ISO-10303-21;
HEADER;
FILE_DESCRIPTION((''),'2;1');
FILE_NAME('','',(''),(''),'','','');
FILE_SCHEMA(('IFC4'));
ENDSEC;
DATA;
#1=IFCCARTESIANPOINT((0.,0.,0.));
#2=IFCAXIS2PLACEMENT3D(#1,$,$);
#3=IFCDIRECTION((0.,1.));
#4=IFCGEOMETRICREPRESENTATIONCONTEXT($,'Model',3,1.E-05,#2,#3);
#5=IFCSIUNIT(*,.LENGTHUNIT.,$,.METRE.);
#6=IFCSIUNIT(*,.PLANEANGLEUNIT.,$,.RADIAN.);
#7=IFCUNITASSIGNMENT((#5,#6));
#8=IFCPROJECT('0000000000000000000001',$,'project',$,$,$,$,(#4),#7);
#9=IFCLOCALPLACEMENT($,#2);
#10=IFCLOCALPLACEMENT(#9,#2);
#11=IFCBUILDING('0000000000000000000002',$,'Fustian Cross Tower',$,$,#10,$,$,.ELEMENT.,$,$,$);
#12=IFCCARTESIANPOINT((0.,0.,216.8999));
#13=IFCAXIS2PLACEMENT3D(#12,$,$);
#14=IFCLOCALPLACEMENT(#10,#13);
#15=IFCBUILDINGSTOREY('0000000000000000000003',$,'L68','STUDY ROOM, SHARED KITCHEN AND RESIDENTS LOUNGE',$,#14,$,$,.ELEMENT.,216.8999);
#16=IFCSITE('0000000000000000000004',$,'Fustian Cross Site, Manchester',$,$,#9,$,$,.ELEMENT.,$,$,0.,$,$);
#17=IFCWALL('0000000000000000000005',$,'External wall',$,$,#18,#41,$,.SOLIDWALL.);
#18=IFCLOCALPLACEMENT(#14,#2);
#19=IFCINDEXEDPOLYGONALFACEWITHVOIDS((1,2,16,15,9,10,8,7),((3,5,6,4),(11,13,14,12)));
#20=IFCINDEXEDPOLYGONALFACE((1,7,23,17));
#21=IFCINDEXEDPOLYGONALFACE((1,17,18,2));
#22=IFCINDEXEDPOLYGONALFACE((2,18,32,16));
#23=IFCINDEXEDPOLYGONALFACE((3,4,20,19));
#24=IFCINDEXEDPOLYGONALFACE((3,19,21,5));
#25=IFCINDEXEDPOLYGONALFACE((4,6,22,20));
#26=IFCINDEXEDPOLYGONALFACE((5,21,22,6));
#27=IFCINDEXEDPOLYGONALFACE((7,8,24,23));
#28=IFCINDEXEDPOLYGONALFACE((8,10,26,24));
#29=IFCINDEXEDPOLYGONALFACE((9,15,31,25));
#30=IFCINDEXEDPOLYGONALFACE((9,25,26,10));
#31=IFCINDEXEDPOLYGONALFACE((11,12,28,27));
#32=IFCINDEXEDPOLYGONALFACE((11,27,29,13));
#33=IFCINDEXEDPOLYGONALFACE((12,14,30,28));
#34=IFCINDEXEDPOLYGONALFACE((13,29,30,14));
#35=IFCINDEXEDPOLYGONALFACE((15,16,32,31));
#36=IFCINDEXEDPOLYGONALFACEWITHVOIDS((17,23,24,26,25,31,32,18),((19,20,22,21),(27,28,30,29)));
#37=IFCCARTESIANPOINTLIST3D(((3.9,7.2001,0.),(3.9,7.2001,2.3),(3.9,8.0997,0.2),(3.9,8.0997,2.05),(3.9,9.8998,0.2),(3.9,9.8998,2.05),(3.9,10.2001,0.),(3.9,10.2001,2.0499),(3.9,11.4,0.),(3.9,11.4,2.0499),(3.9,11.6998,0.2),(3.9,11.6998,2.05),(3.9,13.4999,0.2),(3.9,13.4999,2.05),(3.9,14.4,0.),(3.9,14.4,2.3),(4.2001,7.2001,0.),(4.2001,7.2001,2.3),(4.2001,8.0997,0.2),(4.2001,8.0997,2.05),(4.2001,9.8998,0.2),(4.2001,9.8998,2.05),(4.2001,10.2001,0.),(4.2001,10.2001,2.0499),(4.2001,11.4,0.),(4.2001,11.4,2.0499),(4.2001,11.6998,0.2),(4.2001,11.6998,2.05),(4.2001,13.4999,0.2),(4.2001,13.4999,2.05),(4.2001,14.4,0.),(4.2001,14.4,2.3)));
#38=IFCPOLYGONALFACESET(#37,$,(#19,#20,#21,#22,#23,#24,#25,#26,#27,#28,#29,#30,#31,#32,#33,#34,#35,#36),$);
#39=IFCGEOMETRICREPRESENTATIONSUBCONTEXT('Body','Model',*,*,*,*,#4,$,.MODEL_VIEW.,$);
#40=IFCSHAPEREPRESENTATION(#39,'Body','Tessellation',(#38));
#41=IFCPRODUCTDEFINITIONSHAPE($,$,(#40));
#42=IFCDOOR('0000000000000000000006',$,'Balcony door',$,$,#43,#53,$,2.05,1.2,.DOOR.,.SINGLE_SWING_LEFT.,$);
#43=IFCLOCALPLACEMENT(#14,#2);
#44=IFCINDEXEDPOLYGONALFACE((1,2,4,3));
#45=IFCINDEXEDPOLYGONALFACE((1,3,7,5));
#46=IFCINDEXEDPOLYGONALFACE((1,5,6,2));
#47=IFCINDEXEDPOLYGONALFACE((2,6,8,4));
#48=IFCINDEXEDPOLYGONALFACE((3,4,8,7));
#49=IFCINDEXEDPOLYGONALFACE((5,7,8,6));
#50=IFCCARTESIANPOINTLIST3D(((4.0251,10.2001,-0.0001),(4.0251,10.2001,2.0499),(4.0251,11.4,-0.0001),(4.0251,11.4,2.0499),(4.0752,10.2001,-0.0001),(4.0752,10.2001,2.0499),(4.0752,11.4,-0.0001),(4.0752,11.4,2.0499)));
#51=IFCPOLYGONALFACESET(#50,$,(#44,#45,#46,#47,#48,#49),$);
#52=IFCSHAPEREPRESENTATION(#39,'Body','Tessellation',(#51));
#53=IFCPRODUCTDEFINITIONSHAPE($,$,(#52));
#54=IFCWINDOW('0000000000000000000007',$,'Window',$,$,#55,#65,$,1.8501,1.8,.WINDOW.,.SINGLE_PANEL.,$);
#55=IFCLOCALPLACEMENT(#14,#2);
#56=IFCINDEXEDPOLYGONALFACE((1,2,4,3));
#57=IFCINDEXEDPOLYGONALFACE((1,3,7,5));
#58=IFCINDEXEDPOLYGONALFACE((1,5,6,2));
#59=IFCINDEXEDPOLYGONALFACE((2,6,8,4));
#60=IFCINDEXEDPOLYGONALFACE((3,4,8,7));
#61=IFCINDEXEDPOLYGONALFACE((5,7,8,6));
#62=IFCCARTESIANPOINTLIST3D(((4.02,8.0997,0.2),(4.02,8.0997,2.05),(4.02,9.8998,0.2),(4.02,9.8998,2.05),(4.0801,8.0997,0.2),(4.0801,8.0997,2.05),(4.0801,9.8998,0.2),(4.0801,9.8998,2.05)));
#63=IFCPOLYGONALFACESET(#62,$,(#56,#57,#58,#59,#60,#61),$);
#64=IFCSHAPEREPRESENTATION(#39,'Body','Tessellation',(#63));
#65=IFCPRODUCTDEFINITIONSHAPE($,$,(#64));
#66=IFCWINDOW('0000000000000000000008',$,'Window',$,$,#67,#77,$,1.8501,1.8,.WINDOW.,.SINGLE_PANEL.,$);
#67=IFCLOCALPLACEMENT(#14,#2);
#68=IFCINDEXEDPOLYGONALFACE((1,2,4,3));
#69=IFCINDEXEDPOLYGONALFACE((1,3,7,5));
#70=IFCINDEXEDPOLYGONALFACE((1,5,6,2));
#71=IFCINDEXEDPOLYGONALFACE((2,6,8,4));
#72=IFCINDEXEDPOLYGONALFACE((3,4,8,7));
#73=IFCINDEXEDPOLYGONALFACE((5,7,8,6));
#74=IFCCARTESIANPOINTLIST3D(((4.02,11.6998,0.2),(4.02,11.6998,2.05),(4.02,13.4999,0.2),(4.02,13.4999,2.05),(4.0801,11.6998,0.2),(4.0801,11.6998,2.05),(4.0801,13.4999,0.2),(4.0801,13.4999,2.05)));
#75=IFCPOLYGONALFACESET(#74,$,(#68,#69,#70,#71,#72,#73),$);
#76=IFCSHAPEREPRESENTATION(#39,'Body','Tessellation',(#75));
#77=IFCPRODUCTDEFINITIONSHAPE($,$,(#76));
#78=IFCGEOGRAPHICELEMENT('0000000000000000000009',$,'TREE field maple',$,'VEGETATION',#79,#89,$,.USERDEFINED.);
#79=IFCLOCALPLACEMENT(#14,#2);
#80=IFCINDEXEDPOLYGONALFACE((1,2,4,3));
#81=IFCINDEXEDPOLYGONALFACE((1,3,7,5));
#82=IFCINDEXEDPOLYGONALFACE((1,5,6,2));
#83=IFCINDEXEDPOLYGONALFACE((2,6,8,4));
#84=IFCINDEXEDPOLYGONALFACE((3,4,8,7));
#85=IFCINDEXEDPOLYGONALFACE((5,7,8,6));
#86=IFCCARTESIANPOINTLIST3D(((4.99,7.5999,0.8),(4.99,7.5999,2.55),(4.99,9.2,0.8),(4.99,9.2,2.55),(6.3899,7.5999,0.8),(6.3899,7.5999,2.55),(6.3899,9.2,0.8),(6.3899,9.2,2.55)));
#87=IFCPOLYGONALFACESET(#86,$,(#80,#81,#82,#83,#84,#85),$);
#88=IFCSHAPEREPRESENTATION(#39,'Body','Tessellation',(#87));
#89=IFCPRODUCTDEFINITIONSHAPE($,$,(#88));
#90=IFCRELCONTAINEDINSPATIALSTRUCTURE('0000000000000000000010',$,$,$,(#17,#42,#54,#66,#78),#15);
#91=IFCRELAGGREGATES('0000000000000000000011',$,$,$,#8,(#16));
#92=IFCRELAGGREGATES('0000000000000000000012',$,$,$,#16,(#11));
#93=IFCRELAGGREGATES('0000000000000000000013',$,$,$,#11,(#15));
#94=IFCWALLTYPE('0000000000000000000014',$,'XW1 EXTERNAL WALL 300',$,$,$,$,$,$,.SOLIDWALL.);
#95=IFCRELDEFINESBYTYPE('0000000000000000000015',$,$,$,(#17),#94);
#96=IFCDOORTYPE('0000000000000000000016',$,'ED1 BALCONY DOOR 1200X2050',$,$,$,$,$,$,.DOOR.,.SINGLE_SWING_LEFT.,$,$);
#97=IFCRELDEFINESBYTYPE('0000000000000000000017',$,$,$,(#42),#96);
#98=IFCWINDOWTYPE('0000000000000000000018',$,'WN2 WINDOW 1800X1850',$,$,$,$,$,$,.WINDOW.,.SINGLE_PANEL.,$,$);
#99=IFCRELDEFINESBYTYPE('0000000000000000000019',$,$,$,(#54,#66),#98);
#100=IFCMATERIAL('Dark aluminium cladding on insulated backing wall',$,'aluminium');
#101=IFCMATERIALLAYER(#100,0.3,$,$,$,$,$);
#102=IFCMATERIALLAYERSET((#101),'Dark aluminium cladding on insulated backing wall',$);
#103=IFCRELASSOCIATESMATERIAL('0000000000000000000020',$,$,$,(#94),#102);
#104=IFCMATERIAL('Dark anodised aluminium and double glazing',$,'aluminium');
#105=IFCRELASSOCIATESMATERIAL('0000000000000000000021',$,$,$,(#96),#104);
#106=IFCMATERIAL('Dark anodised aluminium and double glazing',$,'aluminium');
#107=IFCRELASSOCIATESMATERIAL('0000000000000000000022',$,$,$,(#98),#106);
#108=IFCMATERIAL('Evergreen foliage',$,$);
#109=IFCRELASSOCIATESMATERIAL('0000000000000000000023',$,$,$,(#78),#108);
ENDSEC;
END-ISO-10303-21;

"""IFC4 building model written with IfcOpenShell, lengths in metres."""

from ifc_helpers import new_model, si_unit, direction, frame, frame_2d, origin, origin_2d, place, context, subcontext, project, spatial, rectangle, extrude, material, layer, layer_set, type_object, element, fill, save


model = new_model("IFC4")

# Units and contexts
model_context = context("Model", 3, precision=1e-05, world=origin(), true_north=direction((0.0, 1.0)))
body_context = subcontext(model_context, "Body", "Model", "MODEL_VIEW")
ifc_project = project(units=[si_unit("LENGTHUNIT", "METRE"), si_unit("PLANEANGLEUNIT", "RADIAN")], contexts=[model_context])

# Site, building, storey
site_placement = place(None, origin())
site = spatial("IfcSite", under=ifc_project, at=site_placement, Name="Fustian Cross Site, Manchester", CompositionType="ELEMENT", RefElevation=0.0)
building_placement = place(site_placement, origin())
building = spatial("IfcBuilding", under=site, at=building_placement, Name="Fustian Cross Tower", CompositionType="ELEMENT")
storey_placement = place(building_placement, frame((0.0, 0.0, 216.8999)))
storey = spatial("IfcBuildingStorey", under=building, at=storey_placement, Name="L68", Description="STUDY ROOM, SHARED KITCHEN AND RESIDENTS LOUNGE", CompositionType="ELEMENT", Elevation=216.8999)

# Wall, openings, door, windows
ifc_material_1 = material(Name="Dark aluminium cladding on insulated backing wall", Category="aluminium")
ifc_layer_1 = layer(ifc_material_1, 0.3)
ifc_layer_set_1 = layer_set([ifc_layer_1], Name="Dark aluminium cladding on insulated backing wall")
wall_type_1 = type_object("IfcWallType", Name="XW1 EXTERNAL WALL 300", PredefinedType="SOLIDWALL", material=ifc_layer_set_1)
wall_1_placement = place(storey_placement, frame((4.05, 7.2, 0.0), z_axis=(0.0, 0.0, 1.0), x_axis=(0.0, 1.0, 0.0)))
wall_1 = element("IfcWall", 1, at=wall_1_placement, inside=storey, type_object=wall_type_1, Name="External wall", PredefinedType="SOLIDWALL", context=body_context, shape_type="SweptSolid", body=[
    extrude(rectangle(XDim=7.2, YDim=0.3, at=frame_2d((3.6001, 0.0))), origin(), (0.0, 0.0, 1.0), 2.3),
])
opening_1_placement = place(wall_1_placement, frame((3.0, 0.0, 0.0)))
opening_1 = element("IfcOpeningElement", 2, at=opening_1_placement, cuts=wall_1, PredefinedType="OPENING", context=body_context, shape_type="SweptSolid", body=[
    extrude(rectangle(XDim=1.2, YDim=2.05, at=frame_2d((0.6001, 1.0249))), frame((0.0, 0.1599, 0.0), z_axis=(0.0, -1.0, 0.0), x_axis=(1.0, 0.0, 0.0)), (0.0, 0.0, 1.0), 0.3201),
])
opening_2_placement = place(wall_1_placement, frame((0.8999, 0.0, 0.2)))
opening_2 = element("IfcOpeningElement", 3, at=opening_2_placement, cuts=wall_1, PredefinedType="OPENING", context=body_context, shape_type="SweptSolid", body=[
    extrude(rectangle(XDim=1.8, YDim=1.8501, at=frame_2d((0.8999, 0.925))), frame((0.0, 0.1599, 0.0), z_axis=(0.0, -1.0, 0.0), x_axis=(1.0, 0.0, 0.0)), (0.0, 0.0, 1.0), 0.3201),
])
opening_3_placement = place(wall_1_placement, frame((4.5, 0.0, 0.2)))
opening_3 = element("IfcOpeningElement", 4, at=opening_3_placement, cuts=wall_1, PredefinedType="OPENING", context=body_context, shape_type="SweptSolid", body=[
    extrude(rectangle(XDim=1.8, YDim=1.8501, at=frame_2d((0.8999, 0.925))), frame((0.0, 0.1599, 0.0), z_axis=(0.0, -1.0, 0.0), x_axis=(1.0, 0.0, 0.0)), (0.0, 0.0, 1.0), 0.3201),
])
ifc_material_2 = material(Name="Dark anodised aluminium and double glazing", Category="aluminium")
door_type_1 = type_object("IfcDoorType", Name="ED1 BALCONY DOOR 1200X2050", OperationType="SINGLE_SWING_LEFT", PredefinedType="DOOR", material=ifc_material_2)
door_1_placement = place(opening_1_placement, origin())
door_1 = element("IfcDoor", 5, at=door_1_placement, inside=storey, type_object=door_type_1, Name="Balcony door", OperationType="SINGLE_SWING_LEFT", OverallHeight=2.05, OverallWidth=1.2, PredefinedType="DOOR", context=body_context, shape_type="SweptSolid", body=[
    extrude(rectangle(XDim=1.2, YDim=2.05, at=frame_2d((0.6001, 1.0249))), frame((0.0, 0.0249, 0.0), z_axis=(0.0, -1.0, 0.0), x_axis=(1.0, 0.0, 0.0)), (0.0, 0.0, 1.0), 0.05),
])
fill(opening_1, door_1)
ifc_material_3 = material(Name="Dark anodised aluminium and double glazing", Category="aluminium")
window_type = type_object("IfcWindowType", Name="WN2 WINDOW 1800X1850", PartitioningType="SINGLE_PANEL", PredefinedType="WINDOW", material=ifc_material_3)
window_1_placement = place(opening_2_placement, origin())
window_1 = element("IfcWindow", 6, at=window_1_placement, inside=storey, type_object=window_type, Name="Window", OverallHeight=1.8501, OverallWidth=1.8, PartitioningType="SINGLE_PANEL", PredefinedType="WINDOW", context=body_context, shape_type="SweptSolid", body=[
    extrude(rectangle(XDim=1.8, YDim=1.8501, at=frame_2d((0.8999, 0.925))), frame((0.0, 0.03, 0.0), z_axis=(0.0, -1.0, 0.0), x_axis=(1.0, 0.0, 0.0)), (0.0, 0.0, 1.0), 0.0601),
])
fill(opening_2, window_1)
window_2_placement = place(opening_3_placement, origin())
window_2 = element("IfcWindow", 7, at=window_2_placement, inside=storey, type_object=window_type, Name="Window", OverallHeight=1.8501, OverallWidth=1.8, PartitioningType="SINGLE_PANEL", PredefinedType="WINDOW", context=body_context, shape_type="SweptSolid", body=[
    extrude(rectangle(XDim=1.8, YDim=1.8501, at=frame_2d((0.8999, 0.925))), frame((0.0, 0.03, 0.0), z_axis=(0.0, -1.0, 0.0), x_axis=(1.0, 0.0, 0.0)), (0.0, 0.0, 1.0), 0.0601),
])
fill(opening_3, window_2)

# Geographic element
ifc_material_4 = material(Name="Evergreen foliage")
geographic_element_placement = place(storey_placement, frame((5.6899, 8.3999, 0.8), z_axis=(0.0, 0.0, 1.0), x_axis=(1.0, 0.0, 0.0)))
element("IfcGeographicElement", 8, at=geographic_element_placement, inside=storey, material=ifc_material_4, Name="TREE field maple", ObjectType="VEGETATION", PredefinedType="USERDEFINED", context=body_context, shape_type="SweptSolid", body=[
    extrude(rectangle(XDim=1.3999, YDim=1.6001, at=origin_2d()), origin(), (0.0, 0.0, 1.0), 1.75),
])

save(model, "model.ifc")
